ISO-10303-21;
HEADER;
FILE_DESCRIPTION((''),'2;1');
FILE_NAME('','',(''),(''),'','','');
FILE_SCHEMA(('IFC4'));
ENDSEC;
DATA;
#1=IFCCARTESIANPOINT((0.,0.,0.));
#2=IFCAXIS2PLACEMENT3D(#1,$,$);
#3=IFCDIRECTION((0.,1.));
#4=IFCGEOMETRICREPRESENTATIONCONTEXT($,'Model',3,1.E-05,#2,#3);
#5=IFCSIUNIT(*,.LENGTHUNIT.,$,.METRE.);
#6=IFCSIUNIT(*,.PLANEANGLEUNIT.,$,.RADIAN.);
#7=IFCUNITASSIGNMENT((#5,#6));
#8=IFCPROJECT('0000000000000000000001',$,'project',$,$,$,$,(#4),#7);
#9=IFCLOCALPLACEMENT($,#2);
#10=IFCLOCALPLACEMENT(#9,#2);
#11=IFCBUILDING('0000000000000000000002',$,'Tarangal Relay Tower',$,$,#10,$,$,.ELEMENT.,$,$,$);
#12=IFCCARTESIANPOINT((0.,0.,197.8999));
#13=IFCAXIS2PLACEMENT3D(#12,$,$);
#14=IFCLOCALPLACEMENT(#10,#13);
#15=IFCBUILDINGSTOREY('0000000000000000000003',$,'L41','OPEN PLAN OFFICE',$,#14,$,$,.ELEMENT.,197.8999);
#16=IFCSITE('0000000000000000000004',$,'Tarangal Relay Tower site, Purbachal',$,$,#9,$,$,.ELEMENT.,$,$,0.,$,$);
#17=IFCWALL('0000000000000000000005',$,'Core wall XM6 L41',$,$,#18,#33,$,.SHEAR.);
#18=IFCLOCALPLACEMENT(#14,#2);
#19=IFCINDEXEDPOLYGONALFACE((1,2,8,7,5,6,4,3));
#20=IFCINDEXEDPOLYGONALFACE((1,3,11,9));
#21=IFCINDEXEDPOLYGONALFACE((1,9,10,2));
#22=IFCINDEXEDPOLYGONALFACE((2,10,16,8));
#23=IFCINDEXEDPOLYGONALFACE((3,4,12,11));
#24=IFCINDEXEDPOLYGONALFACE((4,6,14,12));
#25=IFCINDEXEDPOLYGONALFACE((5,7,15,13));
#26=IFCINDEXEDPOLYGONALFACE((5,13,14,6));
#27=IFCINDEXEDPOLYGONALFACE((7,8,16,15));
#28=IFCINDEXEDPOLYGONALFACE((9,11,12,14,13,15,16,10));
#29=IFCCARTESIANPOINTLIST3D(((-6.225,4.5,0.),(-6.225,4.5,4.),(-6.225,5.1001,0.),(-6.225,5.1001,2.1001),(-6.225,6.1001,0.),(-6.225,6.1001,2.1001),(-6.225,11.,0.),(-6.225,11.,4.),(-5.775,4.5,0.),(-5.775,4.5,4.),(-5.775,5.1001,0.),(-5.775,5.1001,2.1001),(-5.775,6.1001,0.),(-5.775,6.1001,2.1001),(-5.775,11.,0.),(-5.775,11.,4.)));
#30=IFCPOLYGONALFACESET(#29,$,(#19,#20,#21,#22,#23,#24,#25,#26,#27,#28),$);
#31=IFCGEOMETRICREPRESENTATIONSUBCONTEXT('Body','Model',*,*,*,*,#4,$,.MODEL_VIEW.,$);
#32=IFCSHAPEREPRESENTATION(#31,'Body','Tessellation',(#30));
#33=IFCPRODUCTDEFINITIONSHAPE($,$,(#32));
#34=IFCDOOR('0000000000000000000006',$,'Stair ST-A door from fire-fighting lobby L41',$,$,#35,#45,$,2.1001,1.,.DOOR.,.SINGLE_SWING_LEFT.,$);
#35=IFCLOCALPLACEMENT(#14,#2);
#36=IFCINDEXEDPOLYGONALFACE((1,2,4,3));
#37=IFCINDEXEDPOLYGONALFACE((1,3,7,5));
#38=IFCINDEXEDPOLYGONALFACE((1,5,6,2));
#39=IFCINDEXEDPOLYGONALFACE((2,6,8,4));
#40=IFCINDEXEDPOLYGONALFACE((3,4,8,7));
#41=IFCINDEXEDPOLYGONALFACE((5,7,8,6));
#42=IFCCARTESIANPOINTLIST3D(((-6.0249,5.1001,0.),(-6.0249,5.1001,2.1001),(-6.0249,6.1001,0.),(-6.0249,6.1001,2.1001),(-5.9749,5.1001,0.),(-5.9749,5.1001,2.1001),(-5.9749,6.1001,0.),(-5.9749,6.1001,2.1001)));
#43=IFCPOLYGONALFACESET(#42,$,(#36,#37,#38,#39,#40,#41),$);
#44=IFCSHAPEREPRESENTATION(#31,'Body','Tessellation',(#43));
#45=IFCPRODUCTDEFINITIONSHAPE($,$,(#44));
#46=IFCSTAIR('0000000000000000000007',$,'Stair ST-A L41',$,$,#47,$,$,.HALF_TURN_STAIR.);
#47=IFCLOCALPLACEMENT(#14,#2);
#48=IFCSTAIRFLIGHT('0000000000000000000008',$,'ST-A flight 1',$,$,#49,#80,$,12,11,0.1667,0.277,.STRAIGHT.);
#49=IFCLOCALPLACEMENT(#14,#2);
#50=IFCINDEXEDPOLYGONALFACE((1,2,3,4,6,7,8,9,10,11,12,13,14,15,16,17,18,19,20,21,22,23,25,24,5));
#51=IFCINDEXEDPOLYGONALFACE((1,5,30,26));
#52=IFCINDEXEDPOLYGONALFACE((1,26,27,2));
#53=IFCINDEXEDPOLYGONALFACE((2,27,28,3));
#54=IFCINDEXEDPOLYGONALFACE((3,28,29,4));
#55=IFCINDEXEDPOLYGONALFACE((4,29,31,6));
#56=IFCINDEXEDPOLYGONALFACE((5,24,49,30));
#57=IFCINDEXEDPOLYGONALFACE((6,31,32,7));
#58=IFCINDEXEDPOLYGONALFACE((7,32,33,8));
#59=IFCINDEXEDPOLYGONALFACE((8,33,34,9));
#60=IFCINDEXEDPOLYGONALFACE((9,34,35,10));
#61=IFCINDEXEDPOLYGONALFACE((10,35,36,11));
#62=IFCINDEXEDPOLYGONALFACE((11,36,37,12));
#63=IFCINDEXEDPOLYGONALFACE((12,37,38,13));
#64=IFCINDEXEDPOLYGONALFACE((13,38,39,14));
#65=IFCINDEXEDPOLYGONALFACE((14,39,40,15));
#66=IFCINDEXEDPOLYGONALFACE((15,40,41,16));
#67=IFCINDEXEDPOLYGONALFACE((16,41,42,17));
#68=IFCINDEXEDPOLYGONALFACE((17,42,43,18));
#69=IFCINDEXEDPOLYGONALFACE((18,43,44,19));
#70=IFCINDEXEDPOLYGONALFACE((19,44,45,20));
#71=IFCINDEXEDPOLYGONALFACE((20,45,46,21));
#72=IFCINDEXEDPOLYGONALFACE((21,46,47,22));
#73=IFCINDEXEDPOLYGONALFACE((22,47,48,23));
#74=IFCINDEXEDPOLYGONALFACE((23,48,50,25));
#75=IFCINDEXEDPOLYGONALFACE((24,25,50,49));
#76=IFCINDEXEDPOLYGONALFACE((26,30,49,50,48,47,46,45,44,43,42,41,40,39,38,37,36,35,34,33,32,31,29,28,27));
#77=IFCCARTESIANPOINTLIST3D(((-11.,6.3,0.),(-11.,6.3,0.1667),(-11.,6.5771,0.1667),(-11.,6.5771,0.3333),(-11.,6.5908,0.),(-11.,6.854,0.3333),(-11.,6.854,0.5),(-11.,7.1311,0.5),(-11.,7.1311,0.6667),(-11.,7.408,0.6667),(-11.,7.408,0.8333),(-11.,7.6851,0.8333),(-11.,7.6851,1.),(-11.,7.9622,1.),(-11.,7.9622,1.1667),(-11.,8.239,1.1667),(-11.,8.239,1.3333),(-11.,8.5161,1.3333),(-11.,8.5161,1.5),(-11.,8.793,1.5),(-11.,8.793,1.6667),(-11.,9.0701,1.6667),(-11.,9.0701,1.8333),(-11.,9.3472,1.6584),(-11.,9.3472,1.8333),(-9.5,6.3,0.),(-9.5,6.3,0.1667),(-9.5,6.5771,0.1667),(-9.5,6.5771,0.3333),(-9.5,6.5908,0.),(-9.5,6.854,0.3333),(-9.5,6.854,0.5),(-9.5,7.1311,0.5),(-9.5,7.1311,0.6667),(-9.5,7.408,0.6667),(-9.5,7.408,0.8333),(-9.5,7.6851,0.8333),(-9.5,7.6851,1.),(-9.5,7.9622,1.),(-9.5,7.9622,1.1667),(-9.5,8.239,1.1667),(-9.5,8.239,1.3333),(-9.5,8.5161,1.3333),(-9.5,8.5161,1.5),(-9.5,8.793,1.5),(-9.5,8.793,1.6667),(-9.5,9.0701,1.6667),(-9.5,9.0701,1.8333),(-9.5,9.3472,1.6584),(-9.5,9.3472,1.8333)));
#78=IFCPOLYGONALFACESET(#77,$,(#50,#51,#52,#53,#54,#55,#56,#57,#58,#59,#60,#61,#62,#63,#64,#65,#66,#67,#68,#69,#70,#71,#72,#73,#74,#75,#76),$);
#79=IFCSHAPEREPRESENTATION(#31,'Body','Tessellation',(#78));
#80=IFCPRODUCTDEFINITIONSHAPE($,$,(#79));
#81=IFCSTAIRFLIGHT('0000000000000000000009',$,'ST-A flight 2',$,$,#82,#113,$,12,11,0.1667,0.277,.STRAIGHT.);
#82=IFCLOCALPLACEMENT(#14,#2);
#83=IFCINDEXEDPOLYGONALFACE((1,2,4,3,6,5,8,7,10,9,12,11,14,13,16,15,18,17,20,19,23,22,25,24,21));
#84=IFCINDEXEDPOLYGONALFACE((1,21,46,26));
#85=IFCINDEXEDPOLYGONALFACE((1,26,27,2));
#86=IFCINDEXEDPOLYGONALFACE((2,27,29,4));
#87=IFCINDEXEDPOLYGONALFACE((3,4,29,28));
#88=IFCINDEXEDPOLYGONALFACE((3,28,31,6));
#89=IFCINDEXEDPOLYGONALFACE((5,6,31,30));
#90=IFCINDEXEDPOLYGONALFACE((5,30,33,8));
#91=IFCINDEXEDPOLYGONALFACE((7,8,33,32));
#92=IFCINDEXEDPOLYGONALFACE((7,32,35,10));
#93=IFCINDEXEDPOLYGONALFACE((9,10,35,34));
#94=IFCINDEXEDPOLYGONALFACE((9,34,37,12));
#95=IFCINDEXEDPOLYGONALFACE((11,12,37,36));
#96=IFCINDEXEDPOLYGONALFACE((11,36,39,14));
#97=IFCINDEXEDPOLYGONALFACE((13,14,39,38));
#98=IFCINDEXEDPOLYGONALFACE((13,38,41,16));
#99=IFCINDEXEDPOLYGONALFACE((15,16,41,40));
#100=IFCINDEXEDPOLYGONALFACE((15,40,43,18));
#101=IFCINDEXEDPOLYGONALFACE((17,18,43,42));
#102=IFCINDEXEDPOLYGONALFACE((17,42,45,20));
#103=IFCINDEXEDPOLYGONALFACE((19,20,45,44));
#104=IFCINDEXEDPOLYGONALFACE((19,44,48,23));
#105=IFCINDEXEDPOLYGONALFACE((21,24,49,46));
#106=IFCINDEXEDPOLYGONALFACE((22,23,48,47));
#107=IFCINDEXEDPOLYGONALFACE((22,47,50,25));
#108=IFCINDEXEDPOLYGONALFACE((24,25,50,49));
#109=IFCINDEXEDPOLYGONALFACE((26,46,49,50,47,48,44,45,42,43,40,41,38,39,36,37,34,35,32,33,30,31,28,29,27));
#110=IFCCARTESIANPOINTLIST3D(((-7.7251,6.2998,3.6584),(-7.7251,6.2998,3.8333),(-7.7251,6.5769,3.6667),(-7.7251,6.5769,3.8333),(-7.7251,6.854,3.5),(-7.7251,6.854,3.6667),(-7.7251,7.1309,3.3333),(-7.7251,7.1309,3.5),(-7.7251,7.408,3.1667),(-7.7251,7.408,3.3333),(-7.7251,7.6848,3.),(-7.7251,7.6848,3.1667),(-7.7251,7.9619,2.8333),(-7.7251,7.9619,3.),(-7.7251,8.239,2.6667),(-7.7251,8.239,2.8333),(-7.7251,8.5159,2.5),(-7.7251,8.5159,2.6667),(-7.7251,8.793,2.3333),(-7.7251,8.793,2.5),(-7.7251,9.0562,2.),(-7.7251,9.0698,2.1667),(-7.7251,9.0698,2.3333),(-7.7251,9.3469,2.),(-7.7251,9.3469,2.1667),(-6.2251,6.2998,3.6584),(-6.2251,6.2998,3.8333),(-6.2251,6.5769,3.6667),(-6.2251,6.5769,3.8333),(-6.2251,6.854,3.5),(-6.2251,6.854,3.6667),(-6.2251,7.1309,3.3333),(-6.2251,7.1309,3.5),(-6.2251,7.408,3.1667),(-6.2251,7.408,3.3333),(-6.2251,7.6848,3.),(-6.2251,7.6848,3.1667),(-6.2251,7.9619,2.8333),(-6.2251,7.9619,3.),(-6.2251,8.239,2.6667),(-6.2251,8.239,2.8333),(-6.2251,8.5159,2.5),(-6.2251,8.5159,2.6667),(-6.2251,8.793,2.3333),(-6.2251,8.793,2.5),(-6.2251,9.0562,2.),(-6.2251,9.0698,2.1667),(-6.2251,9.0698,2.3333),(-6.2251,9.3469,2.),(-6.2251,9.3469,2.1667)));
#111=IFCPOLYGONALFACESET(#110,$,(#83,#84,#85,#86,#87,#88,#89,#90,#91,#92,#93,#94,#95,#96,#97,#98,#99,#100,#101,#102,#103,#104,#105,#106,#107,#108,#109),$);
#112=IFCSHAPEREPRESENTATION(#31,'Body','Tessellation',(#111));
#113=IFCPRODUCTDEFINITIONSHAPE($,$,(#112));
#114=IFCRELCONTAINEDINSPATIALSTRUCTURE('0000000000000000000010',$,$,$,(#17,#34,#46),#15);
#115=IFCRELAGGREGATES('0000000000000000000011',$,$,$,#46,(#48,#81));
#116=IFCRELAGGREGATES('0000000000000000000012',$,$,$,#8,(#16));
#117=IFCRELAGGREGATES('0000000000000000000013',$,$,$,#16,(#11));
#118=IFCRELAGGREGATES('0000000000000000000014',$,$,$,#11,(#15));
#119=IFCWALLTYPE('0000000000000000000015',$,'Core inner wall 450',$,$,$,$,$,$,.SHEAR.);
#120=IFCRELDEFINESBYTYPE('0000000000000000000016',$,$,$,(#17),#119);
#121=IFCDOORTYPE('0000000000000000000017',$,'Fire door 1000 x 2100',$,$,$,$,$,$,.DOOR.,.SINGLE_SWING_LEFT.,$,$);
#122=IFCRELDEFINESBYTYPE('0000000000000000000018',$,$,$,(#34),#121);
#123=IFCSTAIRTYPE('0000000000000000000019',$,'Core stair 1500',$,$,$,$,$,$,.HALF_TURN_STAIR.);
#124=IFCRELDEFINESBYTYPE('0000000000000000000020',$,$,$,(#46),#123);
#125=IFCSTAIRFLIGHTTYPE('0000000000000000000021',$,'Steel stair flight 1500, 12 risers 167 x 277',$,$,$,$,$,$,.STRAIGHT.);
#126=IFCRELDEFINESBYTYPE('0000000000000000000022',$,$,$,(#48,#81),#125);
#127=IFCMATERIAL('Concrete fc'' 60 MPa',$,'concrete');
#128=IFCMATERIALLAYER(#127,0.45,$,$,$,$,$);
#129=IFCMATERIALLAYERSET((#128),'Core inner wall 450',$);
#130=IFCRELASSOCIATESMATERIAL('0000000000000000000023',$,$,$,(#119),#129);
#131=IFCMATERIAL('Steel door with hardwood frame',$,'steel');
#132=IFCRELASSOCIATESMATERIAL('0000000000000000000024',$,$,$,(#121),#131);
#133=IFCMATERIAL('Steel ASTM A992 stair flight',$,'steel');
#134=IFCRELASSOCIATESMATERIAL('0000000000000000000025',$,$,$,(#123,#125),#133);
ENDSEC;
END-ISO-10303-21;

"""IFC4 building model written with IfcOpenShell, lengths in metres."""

from ifc_helpers import new_model, si_unit, direction, frame, frame_2d, origin, place, context, subcontext, project, spatial, polyline, rectangle, outline, extrude, material, layer, layer_set, type_object, element, fill, aggregate, save


model = new_model("IFC4")

# Units and contexts
model_context = context("Model", 3, precision=1e-05, world=origin(), true_north=direction((0.0, 1.0)))
body_context = subcontext(model_context, "Body", "Model", "MODEL_VIEW")
ifc_project = project(units=[si_unit("LENGTHUNIT", "METRE"), si_unit("PLANEANGLEUNIT", "RADIAN")], contexts=[model_context])

# Site, building, storey
site_placement = place(None, origin())
site = spatial("IfcSite", under=ifc_project, at=site_placement, Name="Tarangal Relay Tower site, Purbachal", CompositionType="ELEMENT", RefElevation=0.0)
building_placement = place(site_placement, origin())
building = spatial("IfcBuilding", under=site, at=building_placement, Name="Tarangal Relay Tower", CompositionType="ELEMENT")
storey_placement = place(building_placement, frame((0.0, 0.0, 197.8999)))
storey = spatial("IfcBuildingStorey", under=building, at=storey_placement, Name="L41", Description="OPEN PLAN OFFICE", CompositionType="ELEMENT", Elevation=197.8999)

# Shared definitions
ifc_material_1 = material(Name="Concrete fc' 60 MPa", Category="concrete")
ifc_layer = layer(ifc_material_1, 0.45)
ifc_layer_set = layer_set([ifc_layer], Name="Core inner wall 450")
wall_type = type_object("IfcWallType", Name="Core inner wall 450", PredefinedType="SHEAR", material=ifc_layer_set)
ifc_material_2 = material(Name="Steel door with hardwood frame", Category="steel")
door_type_1 = type_object("IfcDoorType", Name="Fire door 1000 x 2100", OperationType="SINGLE_SWING_LEFT", PredefinedType="DOOR", material=ifc_material_2)

# Wall, opening, door
wall_1_placement = place(storey_placement, frame((-6.0, 4.5, 0.0), z_axis=(0.0, 0.0, 1.0), x_axis=(0.0, 1.0, 0.0)))
wall_1 = element("IfcWall", 1, at=wall_1_placement, inside=storey, type_object=wall_type, Name="Core wall XM6 L41", PredefinedType="SHEAR", context=body_context, shape_type="SweptSolid", body=[
    extrude(rectangle(XDim=6.5, YDim=0.45, at=frame_2d((3.25, 0.0))), origin(), (0.0, 0.0, 1.0), 4.0),
])
opening_1_placement = place(wall_1_placement, frame((0.6001, 0.0, 0.0)))
opening_1 = element("IfcOpeningElement", 2, at=opening_1_placement, cuts=wall_1, PredefinedType="OPENING", context=body_context, shape_type="SweptSolid", body=[
    extrude(rectangle(XDim=1.0, YDim=2.1001, at=frame_2d((0.5, 1.05))), frame((0.0, 0.2349, 0.0), z_axis=(0.0, -1.0, 0.0), x_axis=(1.0, 0.0, 0.0)), (0.0, 0.0, 1.0), 0.47),
])
door_1_placement = place(opening_1_placement, origin())
door_1 = element("IfcDoor", 3, at=door_1_placement, inside=storey, type_object=door_type_1, Name="Stair ST-A door from fire-fighting lobby L41", OperationType="SINGLE_SWING_LEFT", OverallHeight=2.1001, OverallWidth=1.0, PredefinedType="DOOR", context=body_context, shape_type="SweptSolid", body=[
    extrude(rectangle(XDim=1.0, YDim=2.1001, at=frame_2d((0.5, 1.05))), frame((0.0, 0.0249, 0.0), z_axis=(0.0, -1.0, 0.0), x_axis=(1.0, 0.0, 0.0)), (0.0, 0.0, 1.0), 0.05),
])
fill(opening_1, door_1)

# Stair, stair flights
ifc_material_3 = material(Name="Steel ASTM A992 stair flight", Category="steel")
stair_type = type_object("IfcStairType", Name="Core stair 1500", PredefinedType="HALF_TURN_STAIR", material=ifc_material_3)
stair_placement = place(storey_placement, origin())
stair = element("IfcStair", 4, at=stair_placement, inside=storey, type_object=stair_type, Name="Stair ST-A L41", PredefinedType="HALF_TURN_STAIR")
stair_flight_type = type_object("IfcStairFlightType", Name="Steel stair flight 1500, 12 risers 167 x 277", PredefinedType="STRAIGHT", material=ifc_material_3)
stair_flight_1_placement = place(storey_placement, frame((-10.25, 6.3, 0.0), z_axis=(0.0, 0.0, 1.0), x_axis=(0.0, 1.0, 0.0)))
stair_flight_1 = element("IfcStairFlight", 5, at=stair_flight_1_placement, type_object=stair_flight_type, Name="ST-A flight 1", NumberOfRisers=12, NumberOfTreads=11, PredefinedType="STRAIGHT", RiserHeight=0.1667, TreadLength=0.277, context=body_context, shape_type="SweptSolid", body=[
    extrude(outline(polyline([(0.0, 0.0), (0.0, 0.1667), (0.2771, 0.1667), (0.2771, 0.3333), (0.554, 0.3333), (0.554, 0.5), (0.8311, 0.5), (0.8311, 0.6667), (1.1079, 0.6667), (1.1079, 0.8333), (1.385, 0.8333), (1.385, 1.0), (1.6621, 1.0), (1.6621, 1.1667), (1.939, 1.1667), (1.939, 1.3333), (2.2161, 1.3333), (2.2161, 1.5), (2.4929, 1.5), (2.4929, 1.6667), (2.77, 1.6667), (2.77, 1.8333), (3.0471, 1.8333), (3.0471, 2.0), (3.0471, 1.6584), (0.2908, 0.0), (0.0, 0.0)])), frame((0.0, 0.75, 0.0), z_axis=(0.0, -1.0, 0.0), x_axis=(1.0, 0.0, 0.0)), (0.0, 0.0, 1.0), 1.5),
])
stair_flight_2_placement = place(storey_placement, frame((-6.9751, 9.3469, 2.0), z_axis=(0.0, 0.0, 1.0), x_axis=(0.0, -1.0, 0.0)))
stair_flight_2 = element("IfcStairFlight", 6, at=stair_flight_2_placement, type_object=stair_flight_type, Name="ST-A flight 2", NumberOfRisers=12, NumberOfTreads=11, PredefinedType="STRAIGHT", RiserHeight=0.1667, TreadLength=0.277, context=body_context, shape_type="SweptSolid", body=[
    extrude(outline(polyline([(0.0, 0.0), (0.0, 0.1667), (0.2771, 0.1667), (0.2771, 0.3333), (0.554, 0.3333), (0.554, 0.5), (0.8311, 0.5), (0.8311, 0.6667), (1.1079, 0.6667), (1.1079, 0.8333), (1.385, 0.8333), (1.385, 1.0), (1.6621, 1.0), (1.6621, 1.1667), (1.939, 1.1667), (1.939, 1.3333), (2.2161, 1.3333), (2.2161, 1.5), (2.4929, 1.5), (2.4929, 1.6667), (2.77, 1.6667), (2.77, 1.8333), (3.0471, 1.8333), (3.0471, 2.0), (3.0471, 1.6584), (0.2908, 0.0), (0.0, 0.0)])), frame((0.0, 0.75, 0.0), z_axis=(0.0, -1.0, 0.0), x_axis=(1.0, 0.0, 0.0)), (0.0, 0.0, 1.0), 1.5),
])
aggregate(stair, [stair_flight_1, stair_flight_2])

save(model, "model.ifc")
